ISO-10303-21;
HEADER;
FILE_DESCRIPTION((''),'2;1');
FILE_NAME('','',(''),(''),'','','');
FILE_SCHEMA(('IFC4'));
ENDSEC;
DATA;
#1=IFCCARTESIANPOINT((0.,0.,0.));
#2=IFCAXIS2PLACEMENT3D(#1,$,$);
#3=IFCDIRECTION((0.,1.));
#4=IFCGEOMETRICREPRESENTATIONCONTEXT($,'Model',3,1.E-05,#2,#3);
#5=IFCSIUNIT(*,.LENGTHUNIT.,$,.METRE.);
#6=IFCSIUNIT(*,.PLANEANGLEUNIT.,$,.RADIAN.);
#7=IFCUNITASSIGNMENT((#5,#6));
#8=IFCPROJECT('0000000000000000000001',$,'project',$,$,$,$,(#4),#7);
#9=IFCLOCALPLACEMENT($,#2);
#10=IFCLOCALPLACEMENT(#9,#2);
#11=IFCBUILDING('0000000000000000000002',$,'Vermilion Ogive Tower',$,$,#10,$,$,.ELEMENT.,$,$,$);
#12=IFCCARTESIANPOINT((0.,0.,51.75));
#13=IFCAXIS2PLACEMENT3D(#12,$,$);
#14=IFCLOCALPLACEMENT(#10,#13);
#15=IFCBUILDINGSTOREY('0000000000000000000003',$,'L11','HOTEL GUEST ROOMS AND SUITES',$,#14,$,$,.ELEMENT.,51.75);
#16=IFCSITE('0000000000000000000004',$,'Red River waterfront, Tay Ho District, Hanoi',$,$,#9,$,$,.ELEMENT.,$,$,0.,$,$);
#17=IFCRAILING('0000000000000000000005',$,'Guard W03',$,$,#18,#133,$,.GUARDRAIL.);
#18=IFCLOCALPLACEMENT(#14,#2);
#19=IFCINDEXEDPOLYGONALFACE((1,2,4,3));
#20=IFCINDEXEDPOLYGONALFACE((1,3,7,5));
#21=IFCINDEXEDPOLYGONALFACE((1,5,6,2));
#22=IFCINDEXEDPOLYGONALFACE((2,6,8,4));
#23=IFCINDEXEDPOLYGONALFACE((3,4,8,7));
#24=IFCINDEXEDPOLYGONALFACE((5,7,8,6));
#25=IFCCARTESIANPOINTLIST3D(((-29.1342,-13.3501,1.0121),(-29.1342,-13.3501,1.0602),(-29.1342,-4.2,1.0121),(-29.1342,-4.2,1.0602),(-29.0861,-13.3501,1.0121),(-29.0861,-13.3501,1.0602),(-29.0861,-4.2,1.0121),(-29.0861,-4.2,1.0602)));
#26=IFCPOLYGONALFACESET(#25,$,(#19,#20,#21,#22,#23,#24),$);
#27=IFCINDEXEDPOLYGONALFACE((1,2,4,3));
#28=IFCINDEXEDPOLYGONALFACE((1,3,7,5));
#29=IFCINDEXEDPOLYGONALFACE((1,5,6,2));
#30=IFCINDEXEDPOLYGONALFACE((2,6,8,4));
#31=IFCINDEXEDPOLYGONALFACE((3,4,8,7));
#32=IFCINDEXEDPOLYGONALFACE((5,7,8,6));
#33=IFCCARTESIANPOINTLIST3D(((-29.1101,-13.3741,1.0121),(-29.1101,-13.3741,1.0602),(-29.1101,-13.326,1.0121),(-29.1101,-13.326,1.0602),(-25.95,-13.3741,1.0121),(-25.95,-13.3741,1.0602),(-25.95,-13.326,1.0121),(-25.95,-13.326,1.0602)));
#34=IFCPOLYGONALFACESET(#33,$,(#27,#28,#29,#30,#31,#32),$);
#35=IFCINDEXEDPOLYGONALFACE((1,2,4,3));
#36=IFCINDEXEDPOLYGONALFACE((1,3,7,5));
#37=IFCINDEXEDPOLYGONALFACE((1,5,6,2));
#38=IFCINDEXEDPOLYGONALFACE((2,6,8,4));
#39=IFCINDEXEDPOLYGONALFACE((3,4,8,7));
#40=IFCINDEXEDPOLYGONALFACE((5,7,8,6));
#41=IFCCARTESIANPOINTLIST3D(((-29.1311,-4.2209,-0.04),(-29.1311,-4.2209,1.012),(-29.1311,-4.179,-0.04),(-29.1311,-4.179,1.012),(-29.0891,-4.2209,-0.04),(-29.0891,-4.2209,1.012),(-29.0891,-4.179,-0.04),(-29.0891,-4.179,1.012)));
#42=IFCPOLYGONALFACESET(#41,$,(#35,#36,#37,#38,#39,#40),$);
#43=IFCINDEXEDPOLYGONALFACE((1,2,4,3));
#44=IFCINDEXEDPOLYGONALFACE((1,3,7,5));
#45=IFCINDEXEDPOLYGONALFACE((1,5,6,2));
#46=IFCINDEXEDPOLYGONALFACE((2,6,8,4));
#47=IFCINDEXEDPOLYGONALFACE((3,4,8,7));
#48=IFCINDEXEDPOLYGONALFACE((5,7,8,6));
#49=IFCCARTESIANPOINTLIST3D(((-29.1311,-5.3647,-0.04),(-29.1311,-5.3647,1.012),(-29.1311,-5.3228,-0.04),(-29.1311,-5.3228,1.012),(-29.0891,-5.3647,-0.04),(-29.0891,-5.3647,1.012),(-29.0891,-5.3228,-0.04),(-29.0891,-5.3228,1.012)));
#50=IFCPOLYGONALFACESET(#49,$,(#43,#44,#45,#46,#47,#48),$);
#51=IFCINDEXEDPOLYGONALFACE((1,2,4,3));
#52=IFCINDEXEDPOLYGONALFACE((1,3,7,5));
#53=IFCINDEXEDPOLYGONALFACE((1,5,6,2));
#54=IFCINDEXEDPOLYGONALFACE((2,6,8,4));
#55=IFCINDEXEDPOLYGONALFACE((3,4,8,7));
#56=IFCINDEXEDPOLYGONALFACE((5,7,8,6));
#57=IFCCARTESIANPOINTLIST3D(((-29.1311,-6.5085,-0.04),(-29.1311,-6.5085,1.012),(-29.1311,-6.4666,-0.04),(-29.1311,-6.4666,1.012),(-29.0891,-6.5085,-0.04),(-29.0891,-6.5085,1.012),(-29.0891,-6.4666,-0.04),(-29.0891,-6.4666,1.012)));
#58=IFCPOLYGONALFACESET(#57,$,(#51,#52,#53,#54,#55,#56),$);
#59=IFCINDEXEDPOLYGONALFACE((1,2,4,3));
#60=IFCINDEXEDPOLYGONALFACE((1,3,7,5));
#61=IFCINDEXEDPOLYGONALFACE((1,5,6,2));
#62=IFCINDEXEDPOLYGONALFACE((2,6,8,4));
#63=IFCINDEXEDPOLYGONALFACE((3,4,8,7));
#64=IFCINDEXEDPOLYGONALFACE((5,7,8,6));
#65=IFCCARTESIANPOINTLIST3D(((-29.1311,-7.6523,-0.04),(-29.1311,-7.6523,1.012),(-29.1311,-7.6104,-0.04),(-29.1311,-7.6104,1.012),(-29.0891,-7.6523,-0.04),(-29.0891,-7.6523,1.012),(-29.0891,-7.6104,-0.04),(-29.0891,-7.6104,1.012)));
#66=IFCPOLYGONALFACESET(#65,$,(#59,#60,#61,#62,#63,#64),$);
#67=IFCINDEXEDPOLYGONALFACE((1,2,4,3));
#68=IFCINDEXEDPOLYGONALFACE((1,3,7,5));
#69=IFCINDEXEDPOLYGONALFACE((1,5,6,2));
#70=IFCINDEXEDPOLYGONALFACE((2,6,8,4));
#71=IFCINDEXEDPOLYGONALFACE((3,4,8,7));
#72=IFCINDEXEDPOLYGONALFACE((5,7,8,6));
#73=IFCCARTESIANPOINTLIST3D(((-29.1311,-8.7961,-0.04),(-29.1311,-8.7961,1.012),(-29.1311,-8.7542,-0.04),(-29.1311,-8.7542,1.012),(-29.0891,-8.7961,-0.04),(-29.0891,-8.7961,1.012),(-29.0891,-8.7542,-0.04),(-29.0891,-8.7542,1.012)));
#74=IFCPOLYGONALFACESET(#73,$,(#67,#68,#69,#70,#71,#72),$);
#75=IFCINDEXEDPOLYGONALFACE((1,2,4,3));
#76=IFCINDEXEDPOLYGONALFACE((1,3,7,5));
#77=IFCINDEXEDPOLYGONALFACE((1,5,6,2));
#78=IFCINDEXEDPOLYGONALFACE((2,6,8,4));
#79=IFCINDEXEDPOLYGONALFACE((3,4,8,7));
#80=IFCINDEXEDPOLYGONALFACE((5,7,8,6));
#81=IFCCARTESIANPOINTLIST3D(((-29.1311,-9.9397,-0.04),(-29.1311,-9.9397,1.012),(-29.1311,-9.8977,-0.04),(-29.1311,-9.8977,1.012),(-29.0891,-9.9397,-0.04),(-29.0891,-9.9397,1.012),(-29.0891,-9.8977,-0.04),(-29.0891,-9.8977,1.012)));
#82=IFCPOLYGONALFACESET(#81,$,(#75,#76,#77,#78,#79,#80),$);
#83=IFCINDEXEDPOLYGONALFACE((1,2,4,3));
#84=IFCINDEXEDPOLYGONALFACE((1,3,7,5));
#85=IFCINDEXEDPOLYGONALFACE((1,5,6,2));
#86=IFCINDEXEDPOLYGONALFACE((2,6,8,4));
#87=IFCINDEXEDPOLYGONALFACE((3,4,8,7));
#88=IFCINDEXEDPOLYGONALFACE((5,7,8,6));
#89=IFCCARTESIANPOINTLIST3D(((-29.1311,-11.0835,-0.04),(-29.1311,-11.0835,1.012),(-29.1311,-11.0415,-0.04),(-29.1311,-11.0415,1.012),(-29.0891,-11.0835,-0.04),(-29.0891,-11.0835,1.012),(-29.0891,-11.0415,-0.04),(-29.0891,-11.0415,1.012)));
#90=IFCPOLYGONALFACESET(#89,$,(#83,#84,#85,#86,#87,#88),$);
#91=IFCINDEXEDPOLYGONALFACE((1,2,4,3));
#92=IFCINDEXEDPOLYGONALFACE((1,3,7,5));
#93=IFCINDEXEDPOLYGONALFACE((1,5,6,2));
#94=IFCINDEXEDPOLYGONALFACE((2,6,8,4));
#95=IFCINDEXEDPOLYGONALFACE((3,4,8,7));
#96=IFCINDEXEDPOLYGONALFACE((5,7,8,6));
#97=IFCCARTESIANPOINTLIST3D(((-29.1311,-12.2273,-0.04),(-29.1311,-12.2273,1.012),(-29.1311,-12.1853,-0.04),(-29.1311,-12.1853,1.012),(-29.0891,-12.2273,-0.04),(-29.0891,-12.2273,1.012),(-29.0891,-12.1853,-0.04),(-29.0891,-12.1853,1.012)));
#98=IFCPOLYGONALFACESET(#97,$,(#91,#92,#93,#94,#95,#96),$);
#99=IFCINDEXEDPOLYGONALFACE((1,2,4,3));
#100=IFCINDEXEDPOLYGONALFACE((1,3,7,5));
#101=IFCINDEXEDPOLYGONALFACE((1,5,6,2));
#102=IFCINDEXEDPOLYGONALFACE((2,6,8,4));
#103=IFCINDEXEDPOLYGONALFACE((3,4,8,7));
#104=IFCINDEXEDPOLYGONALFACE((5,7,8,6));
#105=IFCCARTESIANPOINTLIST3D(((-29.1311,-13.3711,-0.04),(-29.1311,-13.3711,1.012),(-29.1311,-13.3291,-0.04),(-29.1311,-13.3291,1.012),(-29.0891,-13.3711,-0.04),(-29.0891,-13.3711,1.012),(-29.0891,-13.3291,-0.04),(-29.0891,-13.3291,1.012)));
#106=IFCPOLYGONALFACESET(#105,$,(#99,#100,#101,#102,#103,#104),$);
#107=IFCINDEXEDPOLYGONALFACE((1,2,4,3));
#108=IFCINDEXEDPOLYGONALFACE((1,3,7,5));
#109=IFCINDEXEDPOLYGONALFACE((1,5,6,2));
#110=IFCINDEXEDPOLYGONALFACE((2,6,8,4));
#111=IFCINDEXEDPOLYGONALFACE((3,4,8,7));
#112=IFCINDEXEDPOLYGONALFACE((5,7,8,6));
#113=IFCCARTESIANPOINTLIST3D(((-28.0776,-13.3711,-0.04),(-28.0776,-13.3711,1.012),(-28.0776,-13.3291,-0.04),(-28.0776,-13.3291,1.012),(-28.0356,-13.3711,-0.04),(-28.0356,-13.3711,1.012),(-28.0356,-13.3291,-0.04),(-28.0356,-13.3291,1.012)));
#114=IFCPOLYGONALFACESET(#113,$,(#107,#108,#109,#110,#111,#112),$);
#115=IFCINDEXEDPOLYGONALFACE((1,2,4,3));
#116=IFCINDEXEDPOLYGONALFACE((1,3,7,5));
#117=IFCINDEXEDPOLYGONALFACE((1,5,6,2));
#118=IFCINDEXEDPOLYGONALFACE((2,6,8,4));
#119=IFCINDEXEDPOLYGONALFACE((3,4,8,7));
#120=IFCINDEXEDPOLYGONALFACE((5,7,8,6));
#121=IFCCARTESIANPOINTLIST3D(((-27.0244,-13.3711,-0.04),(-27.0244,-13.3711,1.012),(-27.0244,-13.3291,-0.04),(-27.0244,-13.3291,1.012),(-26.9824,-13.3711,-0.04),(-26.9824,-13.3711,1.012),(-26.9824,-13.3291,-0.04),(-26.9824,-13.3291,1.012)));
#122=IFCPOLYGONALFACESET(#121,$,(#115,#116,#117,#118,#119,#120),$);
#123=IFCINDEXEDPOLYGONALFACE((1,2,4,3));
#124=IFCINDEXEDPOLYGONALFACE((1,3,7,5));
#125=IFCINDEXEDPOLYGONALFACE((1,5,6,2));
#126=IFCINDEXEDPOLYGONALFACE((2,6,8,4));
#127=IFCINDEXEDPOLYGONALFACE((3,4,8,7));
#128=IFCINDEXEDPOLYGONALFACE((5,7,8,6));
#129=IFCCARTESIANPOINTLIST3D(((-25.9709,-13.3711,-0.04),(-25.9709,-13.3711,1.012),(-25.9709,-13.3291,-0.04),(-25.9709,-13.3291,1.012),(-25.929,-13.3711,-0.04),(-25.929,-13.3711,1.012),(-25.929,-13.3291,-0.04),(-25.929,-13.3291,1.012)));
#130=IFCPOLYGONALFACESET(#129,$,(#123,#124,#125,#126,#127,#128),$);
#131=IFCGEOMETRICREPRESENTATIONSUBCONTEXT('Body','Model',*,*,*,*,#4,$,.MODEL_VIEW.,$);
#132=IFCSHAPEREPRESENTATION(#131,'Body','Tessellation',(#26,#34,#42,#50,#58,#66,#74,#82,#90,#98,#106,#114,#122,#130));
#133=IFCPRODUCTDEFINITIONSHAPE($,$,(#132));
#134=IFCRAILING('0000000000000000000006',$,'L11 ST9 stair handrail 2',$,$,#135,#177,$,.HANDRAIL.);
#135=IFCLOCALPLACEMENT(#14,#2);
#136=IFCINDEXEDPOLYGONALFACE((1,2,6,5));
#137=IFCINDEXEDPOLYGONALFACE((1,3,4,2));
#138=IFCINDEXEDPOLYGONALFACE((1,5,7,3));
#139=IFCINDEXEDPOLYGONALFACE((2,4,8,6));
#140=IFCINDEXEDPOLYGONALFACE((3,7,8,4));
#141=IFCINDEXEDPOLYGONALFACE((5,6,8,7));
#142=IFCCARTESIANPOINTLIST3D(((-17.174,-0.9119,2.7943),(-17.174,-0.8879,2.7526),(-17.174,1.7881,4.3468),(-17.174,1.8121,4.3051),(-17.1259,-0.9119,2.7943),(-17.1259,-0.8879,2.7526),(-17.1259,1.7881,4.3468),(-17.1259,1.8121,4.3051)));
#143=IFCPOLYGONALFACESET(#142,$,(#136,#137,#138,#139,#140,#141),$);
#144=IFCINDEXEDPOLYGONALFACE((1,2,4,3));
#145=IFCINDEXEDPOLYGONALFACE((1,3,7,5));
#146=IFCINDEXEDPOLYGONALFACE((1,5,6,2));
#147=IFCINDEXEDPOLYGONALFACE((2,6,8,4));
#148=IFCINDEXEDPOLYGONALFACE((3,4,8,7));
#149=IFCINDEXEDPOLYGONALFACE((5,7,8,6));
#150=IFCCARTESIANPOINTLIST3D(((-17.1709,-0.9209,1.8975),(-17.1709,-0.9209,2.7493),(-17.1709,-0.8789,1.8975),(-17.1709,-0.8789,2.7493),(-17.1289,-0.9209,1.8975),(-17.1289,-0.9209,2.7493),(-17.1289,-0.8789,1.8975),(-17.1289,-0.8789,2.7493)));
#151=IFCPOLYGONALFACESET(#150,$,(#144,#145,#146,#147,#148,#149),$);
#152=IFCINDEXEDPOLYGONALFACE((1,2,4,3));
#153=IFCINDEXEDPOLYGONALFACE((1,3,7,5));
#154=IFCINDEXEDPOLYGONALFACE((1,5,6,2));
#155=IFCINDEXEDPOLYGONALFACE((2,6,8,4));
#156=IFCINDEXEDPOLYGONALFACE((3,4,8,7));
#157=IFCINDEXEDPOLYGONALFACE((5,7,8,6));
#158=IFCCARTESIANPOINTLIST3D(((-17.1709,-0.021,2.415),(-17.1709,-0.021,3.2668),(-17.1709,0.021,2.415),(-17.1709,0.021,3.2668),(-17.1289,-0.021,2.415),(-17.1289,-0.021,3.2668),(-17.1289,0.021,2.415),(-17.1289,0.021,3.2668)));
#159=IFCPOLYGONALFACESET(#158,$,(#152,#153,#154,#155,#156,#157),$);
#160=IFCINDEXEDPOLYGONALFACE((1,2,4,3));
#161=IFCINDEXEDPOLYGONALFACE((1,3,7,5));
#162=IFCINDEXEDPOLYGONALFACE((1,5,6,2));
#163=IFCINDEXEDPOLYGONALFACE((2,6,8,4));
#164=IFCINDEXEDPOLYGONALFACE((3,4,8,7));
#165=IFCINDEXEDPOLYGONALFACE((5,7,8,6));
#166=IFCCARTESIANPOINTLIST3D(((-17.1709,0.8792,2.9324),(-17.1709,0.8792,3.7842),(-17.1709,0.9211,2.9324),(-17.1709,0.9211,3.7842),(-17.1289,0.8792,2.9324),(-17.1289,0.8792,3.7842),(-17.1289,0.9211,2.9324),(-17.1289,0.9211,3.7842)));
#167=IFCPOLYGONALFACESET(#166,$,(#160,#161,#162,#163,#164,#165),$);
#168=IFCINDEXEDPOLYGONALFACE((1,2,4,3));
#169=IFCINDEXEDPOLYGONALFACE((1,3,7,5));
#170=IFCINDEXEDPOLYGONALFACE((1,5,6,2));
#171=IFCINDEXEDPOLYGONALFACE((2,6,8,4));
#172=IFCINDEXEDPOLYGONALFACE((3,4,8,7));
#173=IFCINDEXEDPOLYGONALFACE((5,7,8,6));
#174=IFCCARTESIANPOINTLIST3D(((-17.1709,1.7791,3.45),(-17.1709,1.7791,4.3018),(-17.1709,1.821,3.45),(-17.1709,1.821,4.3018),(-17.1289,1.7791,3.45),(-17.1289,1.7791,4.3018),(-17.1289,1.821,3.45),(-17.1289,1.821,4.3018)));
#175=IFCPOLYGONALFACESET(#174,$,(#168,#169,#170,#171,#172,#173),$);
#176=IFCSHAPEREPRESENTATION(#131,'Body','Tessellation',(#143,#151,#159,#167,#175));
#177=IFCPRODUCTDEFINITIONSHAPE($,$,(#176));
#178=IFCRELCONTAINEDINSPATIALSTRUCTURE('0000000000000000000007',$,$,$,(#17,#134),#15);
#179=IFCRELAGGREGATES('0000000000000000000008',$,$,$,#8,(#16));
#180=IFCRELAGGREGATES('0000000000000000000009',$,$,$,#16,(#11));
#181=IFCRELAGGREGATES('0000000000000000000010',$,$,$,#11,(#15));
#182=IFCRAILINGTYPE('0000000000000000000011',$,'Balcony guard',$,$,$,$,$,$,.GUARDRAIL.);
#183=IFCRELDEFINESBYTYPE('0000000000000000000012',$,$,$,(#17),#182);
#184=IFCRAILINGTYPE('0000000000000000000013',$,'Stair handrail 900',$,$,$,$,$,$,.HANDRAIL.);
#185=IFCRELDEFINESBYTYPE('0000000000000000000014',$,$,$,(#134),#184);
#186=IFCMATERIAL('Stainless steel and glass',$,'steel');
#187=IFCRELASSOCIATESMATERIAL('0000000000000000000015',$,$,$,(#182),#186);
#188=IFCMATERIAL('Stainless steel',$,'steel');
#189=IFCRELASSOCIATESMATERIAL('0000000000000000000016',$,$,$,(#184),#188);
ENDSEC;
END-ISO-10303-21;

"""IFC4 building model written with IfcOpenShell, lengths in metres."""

from ifc_helpers import new_model, si_unit, direction, frame, origin, origin_2d, place, context, subcontext, project, spatial, rectangle, extrude, material, type_object, element, save


model = new_model("IFC4")

# Units and contexts
model_context = context("Model", 3, precision=1e-05, world=origin(), true_north=direction((0.0, 1.0)))
body_context = subcontext(model_context, "Body", "Model", "MODEL_VIEW")
ifc_project = project(units=[si_unit("LENGTHUNIT", "METRE"), si_unit("PLANEANGLEUNIT", "RADIAN")], contexts=[model_context])

# Site, building, storey
site_placement = place(None, origin())
site = spatial("IfcSite", under=ifc_project, at=site_placement, Name="Red River waterfront, Tay Ho District, Hanoi", CompositionType="ELEMENT", RefElevation=0.0)
building_placement = place(site_placement, origin())
building = spatial("IfcBuilding", under=site, at=building_placement, Name="Vermilion Ogive Tower", CompositionType="ELEMENT")
storey_placement = place(building_placement, frame((0.0, 0.0, 51.75)))
storey = spatial("IfcBuildingStorey", under=building, at=storey_placement, Name="L11", Description="HOTEL GUEST ROOMS AND SUITES", CompositionType="ELEMENT", Elevation=51.75)

# Railings
ifc_material_1 = material(Name="Stainless steel and glass", Category="steel")
railing_type_1 = type_object("IfcRailingType", Name="Balcony guard", PredefinedType="GUARDRAIL", material=ifc_material_1)
railing_1_placement = place(storey_placement, frame((-29.1101, -4.2, -0.04)))
element("IfcRailing", 1, at=railing_1_placement, inside=storey, type_object=railing_type_1, Name="Guard W03", PredefinedType="GUARDRAIL", context=body_context, shape_type="SweptSolid", body=[
    extrude(rectangle(XDim=0.0481, YDim=0.0481, at=origin_2d()), frame((0.0, 0.0, 1.0762), z_axis=(0.0, -1.0, 0.0), x_axis=(1.0, 0.0, 0.0)), (0.0, 0.0, 1.0), 9.1501),
    extrude(rectangle(XDim=0.0481, YDim=0.0481, at=origin_2d()), frame((0.0, -9.1501, 1.0762), z_axis=(1.0, 0.0, 0.0), x_axis=(0.0, 1.0, 0.0)), (0.0, 0.0, 1.0), 3.1602),
    extrude(rectangle(XDim=0.042, YDim=0.042, at=origin_2d()), origin(), (0.0, 0.0, 1.0), 1.052),
    extrude(rectangle(XDim=0.042, YDim=0.042, at=origin_2d()), frame((0.0, -1.1438, 0.0)), (0.0, 0.0, 1.0), 1.052),
    extrude(rectangle(XDim=0.042, YDim=0.042, at=origin_2d()), frame((0.0, -2.2876, 0.0)), (0.0, 0.0, 1.0), 1.052),
    extrude(rectangle(XDim=0.042, YDim=0.042, at=origin_2d()), frame((0.0, -3.4314, 0.0)), (0.0, 0.0, 1.0), 1.052),
    extrude(rectangle(XDim=0.042, YDim=0.042, at=origin_2d()), frame((0.0, -4.5752, 0.0)), (0.0, 0.0, 1.0), 1.052),
    extrude(rectangle(XDim=0.042, YDim=0.042, at=origin_2d()), frame((0.0, -5.7188, 0.0)), (0.0, 0.0, 1.0), 1.052),
    extrude(rectangle(XDim=0.042, YDim=0.042, at=origin_2d()), frame((0.0, -6.8625, 0.0)), (0.0, 0.0, 1.0), 1.052),
    extrude(rectangle(XDim=0.042, YDim=0.042, at=origin_2d()), frame((0.0, -8.0063, 0.0)), (0.0, 0.0, 1.0), 1.052),
    extrude(rectangle(XDim=0.042, YDim=0.042, at=origin_2d()), frame((0.0, -9.1501, 0.0)), (0.0, 0.0, 1.0), 1.052),
    extrude(rectangle(XDim=0.042, YDim=0.042, at=origin_2d()), frame((1.0535, -9.1501, 0.0)), (0.0, 0.0, 1.0), 1.052),
    extrude(rectangle(XDim=0.042, YDim=0.042, at=origin_2d()), frame((2.1067, -9.1501, 0.0)), (0.0, 0.0, 1.0), 1.052),
    extrude(rectangle(XDim=0.042, YDim=0.042, at=origin_2d()), frame((3.1602, -9.1501, 0.0)), (0.0, 0.0, 1.0), 1.052),
])
ifc_material_2 = material(Name="Stainless steel", Category="steel")
railing_type_2 = type_object("IfcRailingType", Name="Stair handrail 900", PredefinedType="HANDRAIL", material=ifc_material_2)
railing_2_placement = place(storey_placement, frame((-17.1499, -0.8999, 1.8975)))
element("IfcRailing", 2, at=railing_2_placement, inside=storey, type_object=railing_type_2, Name="L11 ST9 stair handrail 2", PredefinedType="HANDRAIL", context=body_context, shape_type="SweptSolid", body=[
    extrude(rectangle(XDim=0.0481, YDim=0.0481, at=origin_2d()), frame((0.0, 0.0, 0.876), z_axis=(0.0, 0.866904, 0.498476), x_axis=(-1.0, 0.0, 0.0)), (0.0, 0.0, 1.0), 3.1145),
    extrude(rectangle(XDim=0.042, YDim=0.042, at=origin_2d()), origin(), (0.0, 0.0, 1.0), 0.8518),
    extrude(rectangle(XDim=0.042, YDim=0.042, at=origin_2d()), frame((0.0, 0.8999, 0.5176)), (0.0, 0.0, 1.0), 0.8518),
    extrude(rectangle(XDim=0.042, YDim=0.042, at=origin_2d()), frame((0.0, 1.8, 1.0349)), (0.0, 0.0, 1.0), 0.8518),
    extrude(rectangle(XDim=0.042, YDim=0.042, at=origin_2d()), frame((0.0, 2.7, 1.5525)), (0.0, 0.0, 1.0), 0.8518),
])

save(model, "model.ifc")
